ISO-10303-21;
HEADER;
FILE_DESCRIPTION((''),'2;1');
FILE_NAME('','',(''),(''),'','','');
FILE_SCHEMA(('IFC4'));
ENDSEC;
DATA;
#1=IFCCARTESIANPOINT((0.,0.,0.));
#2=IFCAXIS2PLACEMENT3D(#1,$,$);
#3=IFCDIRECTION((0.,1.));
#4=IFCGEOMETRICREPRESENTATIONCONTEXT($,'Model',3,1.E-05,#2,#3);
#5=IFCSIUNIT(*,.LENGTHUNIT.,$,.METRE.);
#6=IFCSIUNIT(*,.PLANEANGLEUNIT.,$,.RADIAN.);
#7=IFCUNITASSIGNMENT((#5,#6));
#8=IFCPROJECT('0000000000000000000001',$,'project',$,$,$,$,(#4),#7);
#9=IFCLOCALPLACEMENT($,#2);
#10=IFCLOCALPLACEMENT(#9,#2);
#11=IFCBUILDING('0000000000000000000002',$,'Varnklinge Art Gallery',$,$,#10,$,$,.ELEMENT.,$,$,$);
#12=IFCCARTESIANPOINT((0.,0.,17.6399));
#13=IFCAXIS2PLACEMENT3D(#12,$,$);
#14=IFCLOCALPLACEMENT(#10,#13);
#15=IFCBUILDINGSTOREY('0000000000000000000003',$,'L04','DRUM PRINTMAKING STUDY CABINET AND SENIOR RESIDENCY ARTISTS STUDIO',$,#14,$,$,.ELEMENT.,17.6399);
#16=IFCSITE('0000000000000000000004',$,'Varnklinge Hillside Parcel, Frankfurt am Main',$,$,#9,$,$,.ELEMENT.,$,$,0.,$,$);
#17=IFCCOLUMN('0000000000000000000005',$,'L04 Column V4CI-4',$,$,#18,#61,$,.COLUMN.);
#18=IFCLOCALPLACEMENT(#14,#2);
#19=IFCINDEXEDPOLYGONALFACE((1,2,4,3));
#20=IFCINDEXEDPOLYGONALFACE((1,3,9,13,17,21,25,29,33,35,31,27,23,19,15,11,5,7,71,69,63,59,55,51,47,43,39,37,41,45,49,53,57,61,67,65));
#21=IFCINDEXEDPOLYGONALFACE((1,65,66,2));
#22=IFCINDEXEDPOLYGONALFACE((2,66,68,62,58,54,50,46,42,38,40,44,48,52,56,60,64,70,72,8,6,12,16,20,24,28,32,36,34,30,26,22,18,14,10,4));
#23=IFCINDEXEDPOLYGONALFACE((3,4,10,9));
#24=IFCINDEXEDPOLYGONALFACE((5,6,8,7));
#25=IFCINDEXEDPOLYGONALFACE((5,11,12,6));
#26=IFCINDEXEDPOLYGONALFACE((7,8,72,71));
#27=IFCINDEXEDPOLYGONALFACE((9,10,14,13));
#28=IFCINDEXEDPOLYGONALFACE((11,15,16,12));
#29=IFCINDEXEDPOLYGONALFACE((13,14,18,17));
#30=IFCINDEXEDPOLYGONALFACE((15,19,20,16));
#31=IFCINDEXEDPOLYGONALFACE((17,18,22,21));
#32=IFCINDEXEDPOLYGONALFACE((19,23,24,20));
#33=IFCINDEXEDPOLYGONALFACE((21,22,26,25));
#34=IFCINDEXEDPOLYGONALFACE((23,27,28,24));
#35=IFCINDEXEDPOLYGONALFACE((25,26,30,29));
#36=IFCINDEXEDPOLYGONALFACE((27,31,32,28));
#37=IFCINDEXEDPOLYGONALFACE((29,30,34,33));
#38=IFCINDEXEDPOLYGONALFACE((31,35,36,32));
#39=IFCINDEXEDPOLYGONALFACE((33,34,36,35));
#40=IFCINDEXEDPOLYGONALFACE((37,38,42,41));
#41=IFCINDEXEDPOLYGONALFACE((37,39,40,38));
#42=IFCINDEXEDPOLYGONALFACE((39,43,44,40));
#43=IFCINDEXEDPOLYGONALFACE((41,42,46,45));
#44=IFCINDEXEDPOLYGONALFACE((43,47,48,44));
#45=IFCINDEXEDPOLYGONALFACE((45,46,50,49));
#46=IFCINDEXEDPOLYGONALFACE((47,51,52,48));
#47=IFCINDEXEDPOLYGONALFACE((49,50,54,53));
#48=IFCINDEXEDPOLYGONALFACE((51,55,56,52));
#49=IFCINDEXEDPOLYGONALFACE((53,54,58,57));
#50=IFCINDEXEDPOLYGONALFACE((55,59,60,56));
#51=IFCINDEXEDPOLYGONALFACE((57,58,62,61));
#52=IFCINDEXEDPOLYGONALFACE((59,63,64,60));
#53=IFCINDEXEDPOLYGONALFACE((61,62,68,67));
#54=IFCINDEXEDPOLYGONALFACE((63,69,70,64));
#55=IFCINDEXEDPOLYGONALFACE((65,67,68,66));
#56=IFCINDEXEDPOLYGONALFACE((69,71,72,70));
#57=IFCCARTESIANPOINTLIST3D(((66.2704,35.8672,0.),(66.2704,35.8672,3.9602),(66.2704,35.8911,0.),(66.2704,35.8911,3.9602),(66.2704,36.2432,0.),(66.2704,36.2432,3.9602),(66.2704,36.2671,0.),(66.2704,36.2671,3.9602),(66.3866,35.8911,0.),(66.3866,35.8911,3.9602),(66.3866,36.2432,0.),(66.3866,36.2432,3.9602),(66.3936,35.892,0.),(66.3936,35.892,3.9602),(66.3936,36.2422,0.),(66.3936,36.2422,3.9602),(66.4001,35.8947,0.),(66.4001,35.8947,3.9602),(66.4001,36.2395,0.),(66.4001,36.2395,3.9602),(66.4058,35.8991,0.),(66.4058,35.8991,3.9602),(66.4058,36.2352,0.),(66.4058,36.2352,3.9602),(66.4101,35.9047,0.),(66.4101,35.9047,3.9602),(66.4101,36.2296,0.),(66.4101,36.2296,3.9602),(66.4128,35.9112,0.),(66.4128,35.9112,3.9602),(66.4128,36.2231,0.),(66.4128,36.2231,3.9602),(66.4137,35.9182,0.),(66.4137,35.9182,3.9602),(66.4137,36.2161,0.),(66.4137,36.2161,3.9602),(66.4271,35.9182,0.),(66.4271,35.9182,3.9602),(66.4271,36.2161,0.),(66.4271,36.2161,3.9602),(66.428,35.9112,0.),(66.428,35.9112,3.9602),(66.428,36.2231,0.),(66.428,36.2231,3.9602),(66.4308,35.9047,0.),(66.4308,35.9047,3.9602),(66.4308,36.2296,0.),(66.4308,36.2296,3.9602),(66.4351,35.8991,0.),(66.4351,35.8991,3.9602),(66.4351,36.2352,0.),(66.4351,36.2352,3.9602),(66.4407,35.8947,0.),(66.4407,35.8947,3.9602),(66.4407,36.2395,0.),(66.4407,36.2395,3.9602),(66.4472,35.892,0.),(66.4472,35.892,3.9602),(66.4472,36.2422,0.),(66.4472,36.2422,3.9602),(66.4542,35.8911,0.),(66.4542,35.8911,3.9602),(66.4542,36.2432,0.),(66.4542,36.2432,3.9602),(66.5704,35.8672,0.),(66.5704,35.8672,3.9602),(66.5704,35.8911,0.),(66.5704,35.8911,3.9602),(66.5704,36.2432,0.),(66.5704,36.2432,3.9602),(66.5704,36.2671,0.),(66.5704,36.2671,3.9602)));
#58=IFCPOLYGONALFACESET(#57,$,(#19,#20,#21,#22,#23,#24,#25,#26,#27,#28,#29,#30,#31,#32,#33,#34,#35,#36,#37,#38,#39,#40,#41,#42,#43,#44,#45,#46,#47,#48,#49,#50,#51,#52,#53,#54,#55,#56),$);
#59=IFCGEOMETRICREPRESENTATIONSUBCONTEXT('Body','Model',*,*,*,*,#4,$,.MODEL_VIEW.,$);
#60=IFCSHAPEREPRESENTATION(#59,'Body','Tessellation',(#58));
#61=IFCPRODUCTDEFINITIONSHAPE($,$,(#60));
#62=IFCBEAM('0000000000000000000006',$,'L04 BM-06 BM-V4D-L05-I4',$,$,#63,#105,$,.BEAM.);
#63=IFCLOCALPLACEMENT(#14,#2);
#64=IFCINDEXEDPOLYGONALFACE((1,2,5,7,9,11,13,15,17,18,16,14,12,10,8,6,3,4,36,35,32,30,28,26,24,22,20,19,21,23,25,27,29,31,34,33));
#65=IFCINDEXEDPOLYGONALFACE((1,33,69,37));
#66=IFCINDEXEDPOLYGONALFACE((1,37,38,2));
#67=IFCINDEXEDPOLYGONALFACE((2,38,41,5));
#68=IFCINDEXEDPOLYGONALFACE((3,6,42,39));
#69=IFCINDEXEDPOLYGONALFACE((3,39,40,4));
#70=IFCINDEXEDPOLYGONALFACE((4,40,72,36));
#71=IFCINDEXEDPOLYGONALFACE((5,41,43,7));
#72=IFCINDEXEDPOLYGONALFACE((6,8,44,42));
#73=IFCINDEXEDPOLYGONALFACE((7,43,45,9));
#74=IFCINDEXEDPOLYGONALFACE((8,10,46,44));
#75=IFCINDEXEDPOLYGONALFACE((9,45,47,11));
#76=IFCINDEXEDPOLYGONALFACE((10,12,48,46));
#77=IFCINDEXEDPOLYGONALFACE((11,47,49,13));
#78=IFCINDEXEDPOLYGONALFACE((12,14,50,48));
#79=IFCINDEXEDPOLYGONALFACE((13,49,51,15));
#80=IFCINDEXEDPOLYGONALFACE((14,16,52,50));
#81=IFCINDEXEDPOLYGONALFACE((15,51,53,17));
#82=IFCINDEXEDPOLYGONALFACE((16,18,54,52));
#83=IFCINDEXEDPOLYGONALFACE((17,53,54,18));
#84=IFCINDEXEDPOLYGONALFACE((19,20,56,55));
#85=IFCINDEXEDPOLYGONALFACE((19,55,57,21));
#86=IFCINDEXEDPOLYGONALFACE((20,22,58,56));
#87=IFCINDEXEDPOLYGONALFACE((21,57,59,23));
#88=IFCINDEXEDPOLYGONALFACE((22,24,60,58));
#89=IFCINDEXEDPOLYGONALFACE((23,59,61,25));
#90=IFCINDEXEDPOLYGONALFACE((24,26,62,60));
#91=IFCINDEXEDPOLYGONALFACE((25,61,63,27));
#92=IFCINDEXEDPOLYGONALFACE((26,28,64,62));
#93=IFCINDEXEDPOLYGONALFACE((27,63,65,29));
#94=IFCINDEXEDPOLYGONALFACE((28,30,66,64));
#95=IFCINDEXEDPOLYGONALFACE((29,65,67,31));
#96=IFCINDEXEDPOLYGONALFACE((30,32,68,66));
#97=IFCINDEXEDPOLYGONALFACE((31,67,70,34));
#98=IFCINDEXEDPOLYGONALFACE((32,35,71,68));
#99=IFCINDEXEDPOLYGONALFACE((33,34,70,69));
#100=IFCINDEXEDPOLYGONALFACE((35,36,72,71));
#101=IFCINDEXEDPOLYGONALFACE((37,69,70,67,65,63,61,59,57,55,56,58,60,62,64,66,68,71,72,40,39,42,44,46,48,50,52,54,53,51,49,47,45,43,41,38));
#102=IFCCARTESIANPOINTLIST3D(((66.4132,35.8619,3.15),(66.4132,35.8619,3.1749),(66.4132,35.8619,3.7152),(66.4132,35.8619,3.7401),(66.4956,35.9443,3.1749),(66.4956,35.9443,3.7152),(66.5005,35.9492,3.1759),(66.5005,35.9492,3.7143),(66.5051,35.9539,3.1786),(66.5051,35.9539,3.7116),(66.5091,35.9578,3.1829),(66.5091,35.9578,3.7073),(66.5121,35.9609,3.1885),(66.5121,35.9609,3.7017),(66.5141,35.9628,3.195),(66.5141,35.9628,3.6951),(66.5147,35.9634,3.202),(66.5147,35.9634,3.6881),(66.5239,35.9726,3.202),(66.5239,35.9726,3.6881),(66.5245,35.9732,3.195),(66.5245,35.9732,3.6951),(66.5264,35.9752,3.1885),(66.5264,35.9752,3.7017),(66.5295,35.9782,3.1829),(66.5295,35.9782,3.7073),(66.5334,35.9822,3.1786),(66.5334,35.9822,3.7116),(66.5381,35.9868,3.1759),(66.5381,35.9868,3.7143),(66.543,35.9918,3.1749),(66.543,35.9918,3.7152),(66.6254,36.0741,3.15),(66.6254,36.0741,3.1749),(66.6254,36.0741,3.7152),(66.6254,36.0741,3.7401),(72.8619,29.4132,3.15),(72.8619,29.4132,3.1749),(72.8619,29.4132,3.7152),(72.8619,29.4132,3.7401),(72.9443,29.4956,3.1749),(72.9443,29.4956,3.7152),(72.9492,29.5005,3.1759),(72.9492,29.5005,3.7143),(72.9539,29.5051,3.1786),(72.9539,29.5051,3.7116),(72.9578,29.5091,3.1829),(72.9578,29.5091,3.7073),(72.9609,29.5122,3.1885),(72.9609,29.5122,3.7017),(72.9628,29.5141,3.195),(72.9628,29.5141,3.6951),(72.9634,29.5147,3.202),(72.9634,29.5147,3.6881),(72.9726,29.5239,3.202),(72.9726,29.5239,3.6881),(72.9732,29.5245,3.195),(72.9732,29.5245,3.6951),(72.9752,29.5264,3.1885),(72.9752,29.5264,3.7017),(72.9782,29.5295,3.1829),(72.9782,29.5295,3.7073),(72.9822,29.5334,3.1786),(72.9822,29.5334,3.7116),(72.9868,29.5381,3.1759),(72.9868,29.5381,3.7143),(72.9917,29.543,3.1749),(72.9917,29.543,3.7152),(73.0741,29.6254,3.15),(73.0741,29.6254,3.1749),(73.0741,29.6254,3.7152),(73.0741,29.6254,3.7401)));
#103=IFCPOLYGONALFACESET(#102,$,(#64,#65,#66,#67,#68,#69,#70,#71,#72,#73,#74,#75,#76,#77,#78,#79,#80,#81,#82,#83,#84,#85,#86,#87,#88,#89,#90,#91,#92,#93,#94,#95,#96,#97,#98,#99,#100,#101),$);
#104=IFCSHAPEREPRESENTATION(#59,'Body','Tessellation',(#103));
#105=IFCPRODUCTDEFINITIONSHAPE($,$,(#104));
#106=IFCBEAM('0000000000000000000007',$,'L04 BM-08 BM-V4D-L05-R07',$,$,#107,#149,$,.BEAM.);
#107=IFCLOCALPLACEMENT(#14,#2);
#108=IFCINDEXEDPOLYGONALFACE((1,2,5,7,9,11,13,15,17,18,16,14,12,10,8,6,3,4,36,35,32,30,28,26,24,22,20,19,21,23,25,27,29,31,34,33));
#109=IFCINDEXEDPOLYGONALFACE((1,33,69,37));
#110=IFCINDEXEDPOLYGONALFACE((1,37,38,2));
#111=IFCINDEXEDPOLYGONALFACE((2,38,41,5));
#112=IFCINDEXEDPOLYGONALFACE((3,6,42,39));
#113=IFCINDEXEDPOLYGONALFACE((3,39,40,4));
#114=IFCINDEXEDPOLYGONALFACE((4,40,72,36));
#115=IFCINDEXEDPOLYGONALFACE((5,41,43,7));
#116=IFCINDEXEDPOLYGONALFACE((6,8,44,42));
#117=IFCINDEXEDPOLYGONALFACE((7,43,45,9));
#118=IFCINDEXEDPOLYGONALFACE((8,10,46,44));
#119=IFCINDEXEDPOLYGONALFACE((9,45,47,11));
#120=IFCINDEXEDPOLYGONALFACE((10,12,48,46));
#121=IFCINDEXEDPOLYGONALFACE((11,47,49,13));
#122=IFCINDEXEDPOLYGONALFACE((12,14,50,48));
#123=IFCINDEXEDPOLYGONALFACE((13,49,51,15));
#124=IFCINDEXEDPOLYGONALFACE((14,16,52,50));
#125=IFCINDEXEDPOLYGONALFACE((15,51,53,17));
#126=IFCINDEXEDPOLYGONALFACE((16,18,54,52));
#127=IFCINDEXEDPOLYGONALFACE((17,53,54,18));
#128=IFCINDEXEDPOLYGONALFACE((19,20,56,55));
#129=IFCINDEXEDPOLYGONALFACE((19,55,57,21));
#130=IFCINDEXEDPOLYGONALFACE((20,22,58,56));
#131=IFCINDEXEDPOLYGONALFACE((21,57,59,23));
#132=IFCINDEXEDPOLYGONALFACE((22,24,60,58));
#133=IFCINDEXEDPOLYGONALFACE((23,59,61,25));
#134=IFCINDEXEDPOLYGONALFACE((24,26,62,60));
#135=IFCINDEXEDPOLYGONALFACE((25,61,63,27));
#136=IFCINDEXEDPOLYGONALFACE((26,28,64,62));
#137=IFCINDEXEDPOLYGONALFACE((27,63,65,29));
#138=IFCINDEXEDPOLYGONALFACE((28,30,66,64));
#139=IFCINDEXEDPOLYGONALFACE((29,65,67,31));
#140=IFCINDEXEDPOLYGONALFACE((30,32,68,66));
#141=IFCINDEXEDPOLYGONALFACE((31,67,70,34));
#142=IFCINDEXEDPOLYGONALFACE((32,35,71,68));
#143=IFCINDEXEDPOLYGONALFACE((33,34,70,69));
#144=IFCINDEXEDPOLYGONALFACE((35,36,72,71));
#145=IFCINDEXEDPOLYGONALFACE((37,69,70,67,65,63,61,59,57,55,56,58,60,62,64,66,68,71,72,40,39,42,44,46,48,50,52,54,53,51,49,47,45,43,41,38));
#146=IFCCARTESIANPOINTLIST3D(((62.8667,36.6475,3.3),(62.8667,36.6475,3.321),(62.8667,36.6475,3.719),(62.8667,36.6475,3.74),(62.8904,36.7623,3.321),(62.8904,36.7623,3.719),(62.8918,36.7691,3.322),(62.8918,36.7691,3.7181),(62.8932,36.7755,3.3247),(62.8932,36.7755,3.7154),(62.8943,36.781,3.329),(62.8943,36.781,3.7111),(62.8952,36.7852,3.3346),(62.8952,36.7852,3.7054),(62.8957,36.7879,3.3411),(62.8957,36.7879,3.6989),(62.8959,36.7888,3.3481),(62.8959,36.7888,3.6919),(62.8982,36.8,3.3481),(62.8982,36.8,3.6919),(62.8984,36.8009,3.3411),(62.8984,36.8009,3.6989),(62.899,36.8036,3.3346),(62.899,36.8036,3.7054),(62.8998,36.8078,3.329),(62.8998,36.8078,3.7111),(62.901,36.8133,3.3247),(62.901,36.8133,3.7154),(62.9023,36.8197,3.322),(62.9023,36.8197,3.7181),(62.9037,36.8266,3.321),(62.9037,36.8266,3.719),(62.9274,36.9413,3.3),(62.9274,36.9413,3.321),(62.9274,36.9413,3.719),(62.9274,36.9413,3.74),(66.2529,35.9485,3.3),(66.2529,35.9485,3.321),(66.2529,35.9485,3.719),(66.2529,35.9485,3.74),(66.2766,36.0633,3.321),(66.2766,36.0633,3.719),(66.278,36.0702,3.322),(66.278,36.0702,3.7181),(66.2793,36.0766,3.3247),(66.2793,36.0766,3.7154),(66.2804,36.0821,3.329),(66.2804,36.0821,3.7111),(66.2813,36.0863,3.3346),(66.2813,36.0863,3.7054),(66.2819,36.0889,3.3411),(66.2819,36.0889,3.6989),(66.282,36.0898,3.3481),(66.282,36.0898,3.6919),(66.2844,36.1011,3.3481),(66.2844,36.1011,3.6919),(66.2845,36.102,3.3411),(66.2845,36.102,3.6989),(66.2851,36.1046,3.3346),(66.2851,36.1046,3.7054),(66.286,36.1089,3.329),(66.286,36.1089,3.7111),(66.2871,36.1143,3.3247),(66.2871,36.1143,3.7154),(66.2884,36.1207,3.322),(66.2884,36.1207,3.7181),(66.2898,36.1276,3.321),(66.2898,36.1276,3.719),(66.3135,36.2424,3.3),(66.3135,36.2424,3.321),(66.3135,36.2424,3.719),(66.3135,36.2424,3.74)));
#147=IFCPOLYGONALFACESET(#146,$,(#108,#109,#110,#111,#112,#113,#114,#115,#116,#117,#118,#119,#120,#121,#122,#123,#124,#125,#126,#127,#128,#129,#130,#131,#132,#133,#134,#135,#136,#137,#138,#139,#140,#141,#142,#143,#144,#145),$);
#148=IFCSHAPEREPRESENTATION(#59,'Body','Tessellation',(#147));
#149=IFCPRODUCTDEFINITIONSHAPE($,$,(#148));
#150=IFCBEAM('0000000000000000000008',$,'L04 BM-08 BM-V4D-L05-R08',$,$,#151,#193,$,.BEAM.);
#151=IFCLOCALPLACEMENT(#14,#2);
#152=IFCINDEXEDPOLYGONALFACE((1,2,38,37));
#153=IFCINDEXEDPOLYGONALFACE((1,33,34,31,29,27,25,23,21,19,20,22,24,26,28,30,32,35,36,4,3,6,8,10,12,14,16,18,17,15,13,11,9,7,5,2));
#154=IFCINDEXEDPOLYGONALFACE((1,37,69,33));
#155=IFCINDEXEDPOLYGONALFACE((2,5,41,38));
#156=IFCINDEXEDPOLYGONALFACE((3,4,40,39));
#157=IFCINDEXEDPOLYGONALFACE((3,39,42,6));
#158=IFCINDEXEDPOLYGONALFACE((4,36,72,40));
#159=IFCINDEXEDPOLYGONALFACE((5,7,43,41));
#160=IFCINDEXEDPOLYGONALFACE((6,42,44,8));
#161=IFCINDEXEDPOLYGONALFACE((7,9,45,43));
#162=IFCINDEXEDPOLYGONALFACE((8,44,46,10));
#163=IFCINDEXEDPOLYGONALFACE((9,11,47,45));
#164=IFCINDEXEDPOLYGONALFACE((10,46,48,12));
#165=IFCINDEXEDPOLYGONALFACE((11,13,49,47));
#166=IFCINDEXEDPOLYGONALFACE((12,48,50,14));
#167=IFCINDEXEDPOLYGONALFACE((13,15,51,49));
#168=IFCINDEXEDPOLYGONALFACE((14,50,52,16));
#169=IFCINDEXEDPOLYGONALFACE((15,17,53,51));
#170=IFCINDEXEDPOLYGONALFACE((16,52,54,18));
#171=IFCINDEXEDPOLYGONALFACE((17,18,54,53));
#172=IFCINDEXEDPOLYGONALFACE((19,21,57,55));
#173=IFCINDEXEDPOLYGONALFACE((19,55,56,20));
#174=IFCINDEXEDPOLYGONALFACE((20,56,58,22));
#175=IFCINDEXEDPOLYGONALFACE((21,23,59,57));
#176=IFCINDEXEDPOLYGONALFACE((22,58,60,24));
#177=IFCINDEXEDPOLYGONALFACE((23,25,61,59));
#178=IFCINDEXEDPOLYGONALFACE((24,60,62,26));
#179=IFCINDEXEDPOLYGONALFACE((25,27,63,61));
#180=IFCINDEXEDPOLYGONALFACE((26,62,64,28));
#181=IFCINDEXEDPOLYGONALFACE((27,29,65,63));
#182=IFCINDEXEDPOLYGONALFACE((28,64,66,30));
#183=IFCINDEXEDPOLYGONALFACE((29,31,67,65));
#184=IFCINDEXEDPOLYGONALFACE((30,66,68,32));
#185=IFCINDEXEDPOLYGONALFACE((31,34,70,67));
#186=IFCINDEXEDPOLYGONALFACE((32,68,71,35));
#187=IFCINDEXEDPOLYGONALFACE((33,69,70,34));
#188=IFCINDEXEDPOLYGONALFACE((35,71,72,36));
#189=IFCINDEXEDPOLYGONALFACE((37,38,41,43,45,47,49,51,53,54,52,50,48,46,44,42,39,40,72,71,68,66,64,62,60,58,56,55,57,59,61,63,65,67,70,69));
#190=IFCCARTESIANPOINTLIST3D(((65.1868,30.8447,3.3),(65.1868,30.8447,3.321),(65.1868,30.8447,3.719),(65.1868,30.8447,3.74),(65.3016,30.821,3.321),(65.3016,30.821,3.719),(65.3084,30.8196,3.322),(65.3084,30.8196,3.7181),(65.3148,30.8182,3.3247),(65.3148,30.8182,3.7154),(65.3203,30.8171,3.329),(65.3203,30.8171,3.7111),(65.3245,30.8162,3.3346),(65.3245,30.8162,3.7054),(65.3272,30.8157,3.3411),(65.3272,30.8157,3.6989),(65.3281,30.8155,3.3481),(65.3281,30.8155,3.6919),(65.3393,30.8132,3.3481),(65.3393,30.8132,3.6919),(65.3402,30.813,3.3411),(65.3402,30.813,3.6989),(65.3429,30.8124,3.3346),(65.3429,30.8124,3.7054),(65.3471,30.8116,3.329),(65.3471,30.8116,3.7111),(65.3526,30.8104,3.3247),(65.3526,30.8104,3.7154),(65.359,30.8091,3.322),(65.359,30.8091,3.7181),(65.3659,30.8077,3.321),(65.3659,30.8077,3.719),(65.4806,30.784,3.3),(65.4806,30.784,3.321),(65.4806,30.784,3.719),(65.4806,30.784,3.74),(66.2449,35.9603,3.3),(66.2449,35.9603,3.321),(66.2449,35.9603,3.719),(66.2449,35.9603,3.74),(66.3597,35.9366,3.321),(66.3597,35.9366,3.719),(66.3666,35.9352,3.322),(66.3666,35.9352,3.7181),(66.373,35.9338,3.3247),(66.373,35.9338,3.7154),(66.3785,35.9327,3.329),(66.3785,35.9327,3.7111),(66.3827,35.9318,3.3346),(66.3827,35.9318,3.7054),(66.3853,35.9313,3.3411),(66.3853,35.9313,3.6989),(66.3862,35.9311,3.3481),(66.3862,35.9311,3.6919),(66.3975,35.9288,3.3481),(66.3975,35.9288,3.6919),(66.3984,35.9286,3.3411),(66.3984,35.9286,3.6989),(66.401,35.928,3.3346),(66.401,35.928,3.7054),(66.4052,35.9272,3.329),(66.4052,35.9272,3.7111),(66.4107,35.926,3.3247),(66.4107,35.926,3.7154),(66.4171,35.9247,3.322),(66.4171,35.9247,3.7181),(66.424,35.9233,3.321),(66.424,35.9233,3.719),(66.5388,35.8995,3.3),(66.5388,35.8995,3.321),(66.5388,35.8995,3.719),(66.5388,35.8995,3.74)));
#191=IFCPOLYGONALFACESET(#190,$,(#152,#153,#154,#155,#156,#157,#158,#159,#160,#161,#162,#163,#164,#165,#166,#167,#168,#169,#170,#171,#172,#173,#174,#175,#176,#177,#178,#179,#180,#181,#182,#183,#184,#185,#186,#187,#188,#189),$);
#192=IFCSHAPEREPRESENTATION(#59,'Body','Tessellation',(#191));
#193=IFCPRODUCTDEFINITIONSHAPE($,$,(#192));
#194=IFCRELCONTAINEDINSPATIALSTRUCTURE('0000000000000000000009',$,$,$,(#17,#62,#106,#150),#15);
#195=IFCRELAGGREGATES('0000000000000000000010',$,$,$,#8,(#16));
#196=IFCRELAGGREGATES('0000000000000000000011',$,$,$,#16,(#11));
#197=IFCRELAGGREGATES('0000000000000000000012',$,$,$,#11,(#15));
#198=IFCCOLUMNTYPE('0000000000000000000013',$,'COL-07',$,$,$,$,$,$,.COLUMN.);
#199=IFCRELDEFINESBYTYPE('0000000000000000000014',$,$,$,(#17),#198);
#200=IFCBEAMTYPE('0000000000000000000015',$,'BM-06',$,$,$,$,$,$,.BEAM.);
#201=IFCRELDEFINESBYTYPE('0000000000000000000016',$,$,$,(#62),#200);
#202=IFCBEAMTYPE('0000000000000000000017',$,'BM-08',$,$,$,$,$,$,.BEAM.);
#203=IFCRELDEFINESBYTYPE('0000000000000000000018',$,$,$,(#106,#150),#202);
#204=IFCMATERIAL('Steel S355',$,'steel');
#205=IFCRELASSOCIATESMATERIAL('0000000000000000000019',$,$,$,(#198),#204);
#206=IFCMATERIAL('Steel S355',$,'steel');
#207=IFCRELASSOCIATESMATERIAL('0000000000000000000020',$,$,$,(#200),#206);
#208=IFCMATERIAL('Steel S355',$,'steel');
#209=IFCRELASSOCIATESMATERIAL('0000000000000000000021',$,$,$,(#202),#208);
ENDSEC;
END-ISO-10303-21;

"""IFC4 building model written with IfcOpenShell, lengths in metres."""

from ifc_helpers import new_model, si_unit, direction, frame, origin, origin_2d, place, context, subcontext, project, spatial, i_section, extrude, material, material_profile, profile_set, type_object, element, save


model = new_model("IFC4")

# Units and contexts
model_context = context("Model", 3, precision=1e-05, world=origin(), true_north=direction((0.0, 1.0)))
body_context = subcontext(model_context, "Body", "Model", "MODEL_VIEW")
ifc_project = project(units=[si_unit("LENGTHUNIT", "METRE"), si_unit("PLANEANGLEUNIT", "RADIAN")], contexts=[model_context])

# Site, building, storey
site_placement = place(None, origin())
site = spatial("IfcSite", under=ifc_project, at=site_placement, Name="Varnklinge Hillside Parcel, Frankfurt am Main", CompositionType="ELEMENT", RefElevation=0.0)
building_placement = place(site_placement, origin())
building = spatial("IfcBuilding", under=site, at=building_placement, Name="Varnklinge Art Gallery", CompositionType="ELEMENT")
storey_placement = place(building_placement, frame((0.0, 0.0, 17.6399)))
storey = spatial("IfcBuildingStorey", under=building, at=storey_placement, Name="L04", Description="DRUM PRINTMAKING STUDY CABINET AND SENIOR RESIDENCY ARTISTS STUDIO", CompositionType="ELEMENT", Elevation=17.6399)

# Column
ifc_material_1 = material(Name="Steel S355", Category="steel")
ifc_material_profile_1 = material_profile(ifc_material_1, i_section(OverallWidth=0.3, OverallDepth=0.3999, WebThickness=0.0134, FlangeThickness=0.0239, FilletRadius=0.0271, at=origin_2d()), Name="HEB 400")
ifc_profile_set_1 = profile_set([ifc_material_profile_1], Name="Steel S355")
column_type = type_object("IfcColumnType", Name="COL-07", PredefinedType="COLUMN", material=ifc_profile_set_1)
column_placement = place(storey_placement, frame((66.4204, 36.0671, 0.0), z_axis=(0.0, 0.0, 1.0), x_axis=(1.0, 0.0, 0.0)))
element("IfcColumn", 1, at=column_placement, inside=storey, type_object=column_type, Name="L04 Column V4CI-4", PredefinedType="COLUMN", context=body_context, shape_type="SweptSolid", body=[
    extrude(i_section(OverallWidth=0.3, OverallDepth=0.3999, WebThickness=0.0134, FlangeThickness=0.0239, FilletRadius=0.0271, at=origin_2d()), origin(), (0.0, 0.0, 1.0), 3.9602),
])

# Beams
ifc_material_2 = material(Name="Steel S355", Category="steel")
ifc_material_profile_2 = material_profile(ifc_material_2, i_section(OverallWidth=0.3, OverallDepth=0.5901, WebThickness=0.0129, FlangeThickness=0.0249, FilletRadius=0.0271, at=origin_2d()), Name="HEA 600")
ifc_profile_set_2 = profile_set([ifc_material_profile_2], Name="Steel S355")
beam_type_1 = type_object("IfcBeamType", Name="BM-06", PredefinedType="BEAM", material=ifc_profile_set_2)
beam_1_placement = place(storey_placement, frame((66.5193, 35.968, 3.4451), z_axis=(0.707107, -0.707107, 0.0), x_axis=(0.707107, 0.707107, 0.0)))
element("IfcBeam", 2, at=beam_1_placement, inside=storey, type_object=beam_type_1, Name="L04 BM-06 BM-V4D-L05-I4", PredefinedType="BEAM", context=body_context, shape_type="SweptSolid", body=[
    extrude(i_section(OverallWidth=0.3, OverallDepth=0.5901, WebThickness=0.0129, FlangeThickness=0.0249, FilletRadius=0.0271, at=origin_2d()), origin(), (0.0, 0.0, 1.0), 9.1199),
])
ifc_material_3 = material(Name="Steel S355", Category="steel")
ifc_material_profile_3 = material_profile(ifc_material_3, i_section(OverallWidth=0.3, OverallDepth=0.4399, WebThickness=0.0115, FlangeThickness=0.021, FilletRadius=0.0271, at=origin_2d()), Name="HEA 450")
ifc_profile_set_3 = profile_set([ifc_material_profile_3], Name="Steel S355")
beam_type_2 = type_object("IfcBeamType", Name="BM-08", PredefinedType="BEAM", material=ifc_profile_set_3)
beam_2_placement = place(storey_placement, frame((66.2832, 36.0955, 3.52), z_axis=(-0.979354, 0.202155, 0.0), x_axis=(-0.202155, -0.979354, 0.0)))
element("IfcBeam", 3, at=beam_2_placement, inside=storey, type_object=beam_type_2, Name="L04 BM-08 BM-V4D-L05-R07", PredefinedType="BEAM", context=body_context, shape_type="SweptSolid", body=[
    extrude(i_section(OverallWidth=0.3, OverallDepth=0.4399, WebThickness=0.0115, FlangeThickness=0.021, FilletRadius=0.0271, at=origin_2d()), origin(), (0.0, 0.0, 1.0), 3.4575),
])
beam_3_placement = place(storey_placement, frame((66.3918, 35.9299, 3.52), z_axis=(-0.202556, -0.979271, 0.0), x_axis=(0.979271, -0.202556, 0.0)))
element("IfcBeam", 4, at=beam_3_placement, inside=storey, type_object=beam_type_2, Name="L04 BM-08 BM-V4D-L05-R08", PredefinedType="BEAM", context=body_context, shape_type="SweptSolid", body=[
    extrude(i_section(OverallWidth=0.3, OverallDepth=0.4399, WebThickness=0.0115, FlangeThickness=0.021, FilletRadius=0.0271, at=origin_2d()), origin(), (0.0, 0.0, 1.0), 5.2239),
])

save(model, "model.ifc")
